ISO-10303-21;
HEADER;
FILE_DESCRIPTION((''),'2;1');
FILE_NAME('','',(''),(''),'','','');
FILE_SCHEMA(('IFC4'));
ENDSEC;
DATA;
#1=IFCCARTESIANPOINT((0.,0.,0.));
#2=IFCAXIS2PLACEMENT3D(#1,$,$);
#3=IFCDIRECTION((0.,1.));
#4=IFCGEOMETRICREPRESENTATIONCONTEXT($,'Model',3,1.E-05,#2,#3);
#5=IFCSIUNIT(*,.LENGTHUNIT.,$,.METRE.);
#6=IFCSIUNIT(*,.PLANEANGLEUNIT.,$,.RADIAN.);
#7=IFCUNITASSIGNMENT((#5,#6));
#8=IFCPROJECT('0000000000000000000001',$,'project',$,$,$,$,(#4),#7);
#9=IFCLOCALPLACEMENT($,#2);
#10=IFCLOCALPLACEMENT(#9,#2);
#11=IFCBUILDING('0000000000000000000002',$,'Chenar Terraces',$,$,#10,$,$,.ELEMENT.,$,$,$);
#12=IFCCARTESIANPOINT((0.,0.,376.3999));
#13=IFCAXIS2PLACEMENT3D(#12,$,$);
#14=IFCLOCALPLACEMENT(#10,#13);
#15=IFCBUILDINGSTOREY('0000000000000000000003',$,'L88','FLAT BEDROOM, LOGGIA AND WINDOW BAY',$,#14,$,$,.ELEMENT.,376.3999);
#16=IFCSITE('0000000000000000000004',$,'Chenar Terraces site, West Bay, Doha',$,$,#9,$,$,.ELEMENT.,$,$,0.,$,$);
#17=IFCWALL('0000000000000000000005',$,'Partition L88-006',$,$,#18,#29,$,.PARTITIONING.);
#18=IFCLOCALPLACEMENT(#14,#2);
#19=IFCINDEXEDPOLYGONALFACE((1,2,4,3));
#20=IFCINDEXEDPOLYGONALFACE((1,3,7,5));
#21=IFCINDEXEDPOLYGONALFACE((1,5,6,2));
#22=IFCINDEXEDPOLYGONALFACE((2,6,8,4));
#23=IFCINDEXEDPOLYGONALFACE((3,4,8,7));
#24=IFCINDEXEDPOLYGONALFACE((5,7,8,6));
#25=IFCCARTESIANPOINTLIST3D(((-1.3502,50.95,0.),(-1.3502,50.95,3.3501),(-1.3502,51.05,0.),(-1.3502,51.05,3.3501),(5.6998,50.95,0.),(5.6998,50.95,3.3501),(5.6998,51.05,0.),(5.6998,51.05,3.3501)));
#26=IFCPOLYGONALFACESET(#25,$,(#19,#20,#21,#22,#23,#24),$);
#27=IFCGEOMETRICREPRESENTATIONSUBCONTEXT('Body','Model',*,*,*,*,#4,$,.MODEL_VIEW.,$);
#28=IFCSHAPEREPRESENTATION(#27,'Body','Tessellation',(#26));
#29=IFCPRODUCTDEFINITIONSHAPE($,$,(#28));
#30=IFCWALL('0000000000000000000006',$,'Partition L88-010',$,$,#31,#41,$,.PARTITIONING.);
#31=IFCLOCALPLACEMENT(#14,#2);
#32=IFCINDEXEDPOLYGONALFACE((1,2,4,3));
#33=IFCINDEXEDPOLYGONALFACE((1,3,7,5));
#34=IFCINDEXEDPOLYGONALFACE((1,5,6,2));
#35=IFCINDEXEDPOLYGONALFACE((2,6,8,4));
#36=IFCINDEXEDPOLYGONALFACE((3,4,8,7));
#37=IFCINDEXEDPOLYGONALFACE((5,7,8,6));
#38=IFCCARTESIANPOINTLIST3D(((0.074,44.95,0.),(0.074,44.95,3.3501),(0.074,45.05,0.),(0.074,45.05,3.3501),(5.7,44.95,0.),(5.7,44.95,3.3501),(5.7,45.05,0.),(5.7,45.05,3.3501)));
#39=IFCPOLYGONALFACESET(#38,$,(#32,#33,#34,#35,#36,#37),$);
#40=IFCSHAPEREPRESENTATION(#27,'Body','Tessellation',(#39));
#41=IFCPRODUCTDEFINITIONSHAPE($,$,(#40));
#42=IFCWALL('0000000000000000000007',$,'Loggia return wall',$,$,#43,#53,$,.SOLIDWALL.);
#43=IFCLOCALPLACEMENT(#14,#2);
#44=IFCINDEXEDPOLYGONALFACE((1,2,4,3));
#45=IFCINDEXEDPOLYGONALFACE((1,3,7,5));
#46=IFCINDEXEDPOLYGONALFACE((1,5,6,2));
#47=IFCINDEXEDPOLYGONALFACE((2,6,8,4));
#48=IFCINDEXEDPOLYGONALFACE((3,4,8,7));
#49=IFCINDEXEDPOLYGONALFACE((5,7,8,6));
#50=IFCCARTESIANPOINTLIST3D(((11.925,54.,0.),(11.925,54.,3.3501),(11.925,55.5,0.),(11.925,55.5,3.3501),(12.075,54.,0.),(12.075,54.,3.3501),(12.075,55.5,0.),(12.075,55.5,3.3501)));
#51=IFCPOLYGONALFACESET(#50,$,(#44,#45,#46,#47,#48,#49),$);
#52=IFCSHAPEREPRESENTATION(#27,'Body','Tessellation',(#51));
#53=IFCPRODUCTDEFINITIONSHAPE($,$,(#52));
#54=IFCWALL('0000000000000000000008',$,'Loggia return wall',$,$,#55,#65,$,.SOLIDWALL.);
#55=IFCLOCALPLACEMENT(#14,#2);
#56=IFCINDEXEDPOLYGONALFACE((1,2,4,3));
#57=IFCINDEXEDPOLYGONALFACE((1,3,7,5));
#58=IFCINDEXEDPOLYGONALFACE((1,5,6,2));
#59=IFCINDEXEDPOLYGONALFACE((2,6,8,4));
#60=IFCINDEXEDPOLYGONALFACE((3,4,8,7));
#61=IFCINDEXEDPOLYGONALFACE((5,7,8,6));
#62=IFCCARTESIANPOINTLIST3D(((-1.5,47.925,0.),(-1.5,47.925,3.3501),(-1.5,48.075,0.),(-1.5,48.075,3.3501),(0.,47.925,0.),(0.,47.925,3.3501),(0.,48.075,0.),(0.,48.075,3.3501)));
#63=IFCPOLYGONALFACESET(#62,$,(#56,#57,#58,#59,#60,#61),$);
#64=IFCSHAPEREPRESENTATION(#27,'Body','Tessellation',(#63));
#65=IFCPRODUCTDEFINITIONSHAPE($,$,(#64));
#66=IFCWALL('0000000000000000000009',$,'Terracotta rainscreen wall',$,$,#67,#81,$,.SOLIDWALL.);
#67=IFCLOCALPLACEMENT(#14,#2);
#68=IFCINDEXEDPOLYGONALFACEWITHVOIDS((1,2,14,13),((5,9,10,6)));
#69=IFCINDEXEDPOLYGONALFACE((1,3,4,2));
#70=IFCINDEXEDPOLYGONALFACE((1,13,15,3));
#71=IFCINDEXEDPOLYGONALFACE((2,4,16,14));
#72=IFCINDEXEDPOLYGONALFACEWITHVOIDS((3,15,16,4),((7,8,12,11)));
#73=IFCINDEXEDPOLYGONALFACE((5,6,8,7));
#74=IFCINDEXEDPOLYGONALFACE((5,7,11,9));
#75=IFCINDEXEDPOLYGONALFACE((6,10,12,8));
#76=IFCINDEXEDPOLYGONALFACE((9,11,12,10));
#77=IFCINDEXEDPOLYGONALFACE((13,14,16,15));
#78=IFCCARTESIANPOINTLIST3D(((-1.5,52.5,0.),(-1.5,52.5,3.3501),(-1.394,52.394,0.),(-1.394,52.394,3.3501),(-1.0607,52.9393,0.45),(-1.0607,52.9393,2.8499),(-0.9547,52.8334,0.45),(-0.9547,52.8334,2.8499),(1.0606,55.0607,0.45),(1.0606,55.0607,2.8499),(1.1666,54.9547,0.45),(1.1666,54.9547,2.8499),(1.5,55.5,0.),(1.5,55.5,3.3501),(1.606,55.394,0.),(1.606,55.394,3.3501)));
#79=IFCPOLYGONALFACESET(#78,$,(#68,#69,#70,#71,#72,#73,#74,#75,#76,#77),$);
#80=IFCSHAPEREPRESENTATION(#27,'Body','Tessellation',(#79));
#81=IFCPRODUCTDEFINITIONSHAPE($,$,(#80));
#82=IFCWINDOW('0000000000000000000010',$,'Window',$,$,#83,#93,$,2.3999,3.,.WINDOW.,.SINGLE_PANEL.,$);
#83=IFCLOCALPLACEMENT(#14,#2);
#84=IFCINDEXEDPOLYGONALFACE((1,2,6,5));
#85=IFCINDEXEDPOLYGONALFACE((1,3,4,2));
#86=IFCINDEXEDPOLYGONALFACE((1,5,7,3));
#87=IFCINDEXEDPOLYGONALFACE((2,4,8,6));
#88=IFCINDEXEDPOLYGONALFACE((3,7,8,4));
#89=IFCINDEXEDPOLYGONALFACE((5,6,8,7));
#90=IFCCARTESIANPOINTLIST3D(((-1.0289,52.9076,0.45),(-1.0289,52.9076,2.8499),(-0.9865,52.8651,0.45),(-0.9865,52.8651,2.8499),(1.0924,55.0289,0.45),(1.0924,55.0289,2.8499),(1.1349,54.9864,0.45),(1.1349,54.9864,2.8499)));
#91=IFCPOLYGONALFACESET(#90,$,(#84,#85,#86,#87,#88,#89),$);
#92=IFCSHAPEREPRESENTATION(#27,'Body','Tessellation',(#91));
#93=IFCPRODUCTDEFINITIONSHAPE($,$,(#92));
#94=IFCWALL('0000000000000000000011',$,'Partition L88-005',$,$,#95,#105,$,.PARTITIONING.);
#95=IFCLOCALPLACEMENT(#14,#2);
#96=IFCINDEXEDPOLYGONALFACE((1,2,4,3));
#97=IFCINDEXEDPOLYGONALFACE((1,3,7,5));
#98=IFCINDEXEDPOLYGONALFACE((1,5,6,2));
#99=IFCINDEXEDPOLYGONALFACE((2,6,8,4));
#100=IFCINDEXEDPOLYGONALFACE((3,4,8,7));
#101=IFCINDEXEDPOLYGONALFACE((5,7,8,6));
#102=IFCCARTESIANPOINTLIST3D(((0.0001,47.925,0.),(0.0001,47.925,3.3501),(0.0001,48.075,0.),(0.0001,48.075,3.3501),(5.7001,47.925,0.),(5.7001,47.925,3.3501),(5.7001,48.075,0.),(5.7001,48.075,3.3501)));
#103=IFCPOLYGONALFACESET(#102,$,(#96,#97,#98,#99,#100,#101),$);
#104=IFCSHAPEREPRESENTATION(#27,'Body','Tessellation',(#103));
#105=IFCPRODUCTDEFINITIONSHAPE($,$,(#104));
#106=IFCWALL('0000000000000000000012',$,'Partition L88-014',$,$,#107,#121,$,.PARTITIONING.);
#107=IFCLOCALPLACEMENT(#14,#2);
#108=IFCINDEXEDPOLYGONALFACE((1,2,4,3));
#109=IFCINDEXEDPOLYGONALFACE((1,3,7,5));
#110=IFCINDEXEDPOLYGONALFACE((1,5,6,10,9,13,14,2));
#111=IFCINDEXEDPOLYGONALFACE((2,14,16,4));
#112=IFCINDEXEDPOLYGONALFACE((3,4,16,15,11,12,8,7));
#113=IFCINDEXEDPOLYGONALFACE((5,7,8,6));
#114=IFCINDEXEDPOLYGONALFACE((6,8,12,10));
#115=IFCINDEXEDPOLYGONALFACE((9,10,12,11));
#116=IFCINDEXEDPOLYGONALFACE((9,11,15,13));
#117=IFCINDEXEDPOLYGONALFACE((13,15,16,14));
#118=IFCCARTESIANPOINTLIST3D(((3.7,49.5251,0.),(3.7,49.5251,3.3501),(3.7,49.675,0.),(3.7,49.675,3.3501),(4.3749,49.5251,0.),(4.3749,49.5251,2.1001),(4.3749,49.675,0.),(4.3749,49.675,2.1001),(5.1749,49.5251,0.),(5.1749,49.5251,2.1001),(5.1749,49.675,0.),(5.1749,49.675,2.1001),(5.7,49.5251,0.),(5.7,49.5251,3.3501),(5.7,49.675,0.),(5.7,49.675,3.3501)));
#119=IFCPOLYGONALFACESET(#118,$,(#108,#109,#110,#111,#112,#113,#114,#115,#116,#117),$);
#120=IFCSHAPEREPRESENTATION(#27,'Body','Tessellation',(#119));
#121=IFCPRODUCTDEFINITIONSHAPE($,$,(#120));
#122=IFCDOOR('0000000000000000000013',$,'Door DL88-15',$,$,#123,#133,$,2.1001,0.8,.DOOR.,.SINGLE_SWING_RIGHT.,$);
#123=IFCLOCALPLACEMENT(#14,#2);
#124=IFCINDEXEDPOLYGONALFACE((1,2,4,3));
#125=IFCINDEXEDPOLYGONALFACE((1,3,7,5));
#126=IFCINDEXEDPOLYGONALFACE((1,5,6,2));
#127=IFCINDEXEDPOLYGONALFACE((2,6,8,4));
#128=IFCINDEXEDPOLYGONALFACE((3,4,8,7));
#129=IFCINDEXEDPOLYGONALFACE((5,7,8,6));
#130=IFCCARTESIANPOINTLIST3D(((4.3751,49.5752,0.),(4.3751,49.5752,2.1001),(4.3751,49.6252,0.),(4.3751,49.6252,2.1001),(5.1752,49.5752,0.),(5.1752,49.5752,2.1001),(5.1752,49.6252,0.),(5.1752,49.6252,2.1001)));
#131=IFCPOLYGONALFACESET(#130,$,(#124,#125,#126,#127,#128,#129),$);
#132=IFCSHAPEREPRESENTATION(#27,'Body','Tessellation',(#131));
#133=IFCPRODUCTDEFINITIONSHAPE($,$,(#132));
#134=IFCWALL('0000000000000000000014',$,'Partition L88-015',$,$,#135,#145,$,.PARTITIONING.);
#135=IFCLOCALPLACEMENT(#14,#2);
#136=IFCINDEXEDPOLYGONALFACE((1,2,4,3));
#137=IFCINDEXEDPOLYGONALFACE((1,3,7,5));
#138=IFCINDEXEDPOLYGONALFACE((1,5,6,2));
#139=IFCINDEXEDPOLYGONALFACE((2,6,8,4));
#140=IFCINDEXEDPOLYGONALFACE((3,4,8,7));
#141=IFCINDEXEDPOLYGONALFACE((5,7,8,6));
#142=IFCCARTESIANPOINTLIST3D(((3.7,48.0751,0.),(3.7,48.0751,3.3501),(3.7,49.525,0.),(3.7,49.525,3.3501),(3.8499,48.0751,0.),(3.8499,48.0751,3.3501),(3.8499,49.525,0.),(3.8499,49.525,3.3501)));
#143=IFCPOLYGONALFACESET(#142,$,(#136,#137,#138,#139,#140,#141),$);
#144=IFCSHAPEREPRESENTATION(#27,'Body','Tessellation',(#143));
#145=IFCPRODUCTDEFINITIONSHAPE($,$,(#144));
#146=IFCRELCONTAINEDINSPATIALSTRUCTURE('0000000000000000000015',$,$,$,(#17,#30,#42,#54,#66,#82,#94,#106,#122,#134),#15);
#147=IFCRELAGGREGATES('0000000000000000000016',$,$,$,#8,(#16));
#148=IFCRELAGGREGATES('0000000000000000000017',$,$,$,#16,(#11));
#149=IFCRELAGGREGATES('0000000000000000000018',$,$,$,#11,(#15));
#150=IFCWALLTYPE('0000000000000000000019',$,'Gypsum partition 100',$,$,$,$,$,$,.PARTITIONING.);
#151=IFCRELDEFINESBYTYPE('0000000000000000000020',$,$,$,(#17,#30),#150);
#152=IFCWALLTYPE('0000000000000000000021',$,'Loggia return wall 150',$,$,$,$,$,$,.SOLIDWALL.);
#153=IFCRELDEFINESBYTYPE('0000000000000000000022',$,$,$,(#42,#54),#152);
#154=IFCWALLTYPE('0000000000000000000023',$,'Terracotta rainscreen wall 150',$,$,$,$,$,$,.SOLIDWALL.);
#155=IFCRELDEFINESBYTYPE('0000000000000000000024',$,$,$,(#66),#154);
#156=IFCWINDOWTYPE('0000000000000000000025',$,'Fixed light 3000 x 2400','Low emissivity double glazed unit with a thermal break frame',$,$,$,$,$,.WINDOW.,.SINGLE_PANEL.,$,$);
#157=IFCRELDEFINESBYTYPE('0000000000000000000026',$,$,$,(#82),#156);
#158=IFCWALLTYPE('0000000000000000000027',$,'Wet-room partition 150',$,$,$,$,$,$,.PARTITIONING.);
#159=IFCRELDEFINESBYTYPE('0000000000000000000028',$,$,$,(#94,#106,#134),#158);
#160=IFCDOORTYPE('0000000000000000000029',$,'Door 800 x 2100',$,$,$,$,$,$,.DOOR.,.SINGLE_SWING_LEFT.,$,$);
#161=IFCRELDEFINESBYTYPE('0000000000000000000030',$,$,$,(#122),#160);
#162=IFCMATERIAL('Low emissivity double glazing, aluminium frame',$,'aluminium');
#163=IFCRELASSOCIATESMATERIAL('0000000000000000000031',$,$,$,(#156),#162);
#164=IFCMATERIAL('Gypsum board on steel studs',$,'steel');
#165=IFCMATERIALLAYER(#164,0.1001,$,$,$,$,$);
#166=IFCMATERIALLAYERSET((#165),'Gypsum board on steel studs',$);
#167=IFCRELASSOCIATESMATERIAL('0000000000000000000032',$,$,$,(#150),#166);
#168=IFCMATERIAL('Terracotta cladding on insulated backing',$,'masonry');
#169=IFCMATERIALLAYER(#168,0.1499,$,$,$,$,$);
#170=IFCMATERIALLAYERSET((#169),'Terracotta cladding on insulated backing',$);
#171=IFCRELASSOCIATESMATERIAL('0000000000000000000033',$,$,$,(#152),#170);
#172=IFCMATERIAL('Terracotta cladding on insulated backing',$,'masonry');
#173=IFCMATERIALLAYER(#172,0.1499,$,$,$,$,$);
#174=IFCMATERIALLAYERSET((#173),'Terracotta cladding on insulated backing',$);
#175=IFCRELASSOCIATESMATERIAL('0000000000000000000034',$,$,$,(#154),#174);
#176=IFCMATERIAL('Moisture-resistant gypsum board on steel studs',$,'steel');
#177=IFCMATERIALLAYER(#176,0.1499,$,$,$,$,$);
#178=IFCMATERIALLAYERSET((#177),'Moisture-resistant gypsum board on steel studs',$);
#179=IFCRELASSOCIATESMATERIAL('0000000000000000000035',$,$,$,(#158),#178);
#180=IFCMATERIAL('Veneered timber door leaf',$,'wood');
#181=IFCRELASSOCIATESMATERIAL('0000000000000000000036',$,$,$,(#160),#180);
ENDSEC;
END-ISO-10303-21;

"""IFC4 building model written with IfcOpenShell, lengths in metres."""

from ifc_helpers import new_model, si_unit, direction, frame, frame_2d, origin, place, context, subcontext, project, spatial, rectangle, extrude, material, layer, layer_set, type_object, element, fill, save


model = new_model("IFC4")

# Units and contexts
model_context = context("Model", 3, precision=1e-05, world=origin(), true_north=direction((0.0, 1.0)))
body_context = subcontext(model_context, "Body", "Model", "MODEL_VIEW")
ifc_project = project(units=[si_unit("LENGTHUNIT", "METRE"), si_unit("PLANEANGLEUNIT", "RADIAN")], contexts=[model_context])

# Site, building, storey
site_placement = place(None, origin())
site = spatial("IfcSite", under=ifc_project, at=site_placement, Name="Chenar Terraces site, West Bay, Doha", CompositionType="ELEMENT", RefElevation=0.0)
building_placement = place(site_placement, origin())
building = spatial("IfcBuilding", under=site, at=building_placement, Name="Chenar Terraces", CompositionType="ELEMENT")
storey_placement = place(building_placement, frame((0.0, 0.0, 376.3999)))
storey = spatial("IfcBuildingStorey", under=building, at=storey_placement, Name="L88", Description="FLAT BEDROOM, LOGGIA AND WINDOW BAY", CompositionType="ELEMENT", Elevation=376.3999)

# Shared definitions
ifc_material_1 = material(Name="Low emissivity double glazing, aluminium frame", Category="aluminium")
window_type_1 = type_object("IfcWindowType", Name="Fixed light 3000 x 2400", Description="Low emissivity double glazed unit with a thermal break frame", PartitioningType="SINGLE_PANEL", PredefinedType="WINDOW", material=ifc_material_1)

# Walls
ifc_material_2 = material(Name="Gypsum board on steel studs", Category="steel")
ifc_layer_1 = layer(ifc_material_2, 0.1001)
ifc_layer_set_1 = layer_set([ifc_layer_1], Name="Gypsum board on steel studs")
wall_type_1 = type_object("IfcWallType", Name="Gypsum partition 100", PredefinedType="PARTITIONING", material=ifc_layer_set_1)
wall_1_placement = place(storey_placement, frame((-1.3501, 51.0, 0.0), z_axis=(0.0, 0.0, 1.0), x_axis=(1.0, 0.0, 0.0)))
element("IfcWall", 1, at=wall_1_placement, inside=storey, type_object=wall_type_1, Name="Partition L88-006", PredefinedType="PARTITIONING", context=body_context, shape_type="SweptSolid", body=[
    extrude(rectangle(XDim=7.05, YDim=0.1001, at=frame_2d((3.5249, 0.0))), origin(), (0.0, 0.0, 1.0), 3.3501),
])
wall_2_placement = place(storey_placement, frame((0.074, 45.0, 0.0), z_axis=(0.0, 0.0, 1.0), x_axis=(1.0, 0.0, 0.0)))
element("IfcWall", 2, at=wall_2_placement, inside=storey, type_object=wall_type_1, Name="Partition L88-010", PredefinedType="PARTITIONING", context=body_context, shape_type="SweptSolid", body=[
    extrude(rectangle(XDim=5.626, YDim=0.1001, at=frame_2d((2.813, 0.0))), origin(), (0.0, 0.0, 1.0), 3.3501),
])
ifc_material_3 = material(Name="Terracotta cladding on insulated backing", Category="masonry")
ifc_layer_2 = layer(ifc_material_3, 0.1499)
ifc_layer_set_2 = layer_set([ifc_layer_2], Name="Terracotta cladding on insulated backing")
wall_type_2 = type_object("IfcWallType", Name="Loggia return wall 150", PredefinedType="SOLIDWALL", material=ifc_layer_set_2)
for number, where, z_axis, x_axis, name in (
    (3, (12.0, 55.5, 0.0), (0.0, 0.0, 1.0), (0.0, -1.0, 0.0), "Loggia return wall"),
    (4, (-1.5, 48.0, 0.0), (0.0, 0.0, 1.0), (1.0, 0.0, 0.0), "Loggia return wall"),
):
    element("IfcWall", number, at=place(storey_placement, frame(where, z_axis=z_axis, x_axis=x_axis)), inside=storey, type_object=wall_type_2, Name=name, PredefinedType="SOLIDWALL", context=body_context, shape_type="SweptSolid", body=[
        extrude(rectangle(XDim=1.5, YDim=0.1499, at=frame_2d((0.75, 0.0))), origin(), (0.0, 0.0, 1.0), 3.3501),
    ])

# Wall, opening, window
ifc_material_4 = material(Name="Terracotta cladding on insulated backing", Category="masonry")
ifc_layer_3 = layer(ifc_material_4, 0.1499)
ifc_layer_set_3 = layer_set([ifc_layer_3], Name="Terracotta cladding on insulated backing")
wall_type_3 = type_object("IfcWallType", Name="Terracotta rainscreen wall 150", PredefinedType="SOLIDWALL", material=ifc_layer_set_3)
wall_3_placement = place(storey_placement, frame((1.553, 55.447, 0.0), z_axis=(0.0, 0.0, 1.0), x_axis=(-0.707107, -0.707107, 0.0)))
wall_3 = element("IfcWall", 5, at=wall_3_placement, inside=storey, type_object=wall_type_3, Name="Terracotta rainscreen wall", PredefinedType="SOLIDWALL", context=body_context, shape_type="SweptSolid", body=[
    extrude(rectangle(XDim=4.2427, YDim=0.1499, at=frame_2d((2.1213, 0.0))), origin(), (0.0, 0.0, 1.0), 3.3501),
])
opening_1_placement = place(wall_3_placement, frame((0.6213, 0.0, 0.45)))
opening_1 = element("IfcOpeningElement", 6, at=opening_1_placement, cuts=wall_3, PredefinedType="OPENING", context=body_context, shape_type="SweptSolid", body=[
    extrude(rectangle(XDim=3.0, YDim=2.3999, at=frame_2d((1.5, 1.2))), frame((0.0, 0.085, 0.0), z_axis=(0.0, -1.0, 0.0), x_axis=(1.0, 0.0, 0.0)), (0.0, 0.0, 1.0), 0.1699),
])
window_1_placement = place(opening_1_placement, origin())
window_1 = element("IfcWindow", 7, at=window_1_placement, inside=storey, type_object=window_type_1, Name="Window", OverallHeight=2.3999, OverallWidth=3.0, PartitioningType="SINGLE_PANEL", PredefinedType="WINDOW", context=body_context, shape_type="SweptSolid", body=[
    extrude(rectangle(XDim=3.0, YDim=2.3999, at=frame_2d((1.5, 1.2))), frame((0.0, 0.03, 0.0), z_axis=(0.0, -1.0, 0.0), x_axis=(1.0, 0.0, 0.0)), (0.0, 0.0, 1.0), 0.0601),
])
fill(opening_1, window_1)

# Wall
ifc_material_5 = material(Name="Moisture-resistant gypsum board on steel studs", Category="steel")
ifc_layer_4 = layer(ifc_material_5, 0.1499)
ifc_layer_set_4 = layer_set([ifc_layer_4], Name="Moisture-resistant gypsum board on steel studs")
wall_type_4 = type_object("IfcWallType", Name="Wet-room partition 150", PredefinedType="PARTITIONING", material=ifc_layer_set_4)
wall_4_placement = place(storey_placement, frame((0.0, 48.0, 0.0), z_axis=(0.0, 0.0, 1.0), x_axis=(1.0, 0.0, 0.0)))
element("IfcWall", 8, at=wall_4_placement, inside=storey, type_object=wall_type_4, Name="Partition L88-005", PredefinedType="PARTITIONING", context=body_context, shape_type="SweptSolid", body=[
    extrude(rectangle(XDim=5.7, YDim=0.1499, at=frame_2d((2.8501, 0.0))), origin(), (0.0, 0.0, 1.0), 3.3501),
])

# Wall, opening, door
wall_5_placement = place(storey_placement, frame((3.7, 49.6001, 0.0), z_axis=(0.0, 0.0, 1.0), x_axis=(1.0, 0.0, 0.0)))
wall_5 = element("IfcWall", 9, at=wall_5_placement, inside=storey, type_object=wall_type_4, Name="Partition L88-014", PredefinedType="PARTITIONING", context=body_context, shape_type="SweptSolid", body=[
    extrude(rectangle(XDim=2.0, YDim=0.1499, at=frame_2d((1.0, 0.0))), origin(), (0.0, 0.0, 1.0), 3.3501),
])
opening_2_placement = place(wall_5_placement, frame((0.675, 0.0, 0.0)))
opening_2 = element("IfcOpeningElement", 10, at=opening_2_placement, cuts=wall_5, PredefinedType="OPENING", context=body_context, shape_type="SweptSolid", body=[
    extrude(rectangle(XDim=0.8, YDim=2.1001, at=frame_2d((0.3999, 1.05))), frame((0.0, 0.085, 0.0), z_axis=(0.0, -1.0, 0.0), x_axis=(1.0, 0.0, 0.0)), (0.0, 0.0, 1.0), 0.1699),
])
ifc_material_6 = material(Name="Veneered timber door leaf", Category="wood")
door_type_1 = type_object("IfcDoorType", Name="Door 800 x 2100", OperationType="SINGLE_SWING_LEFT", PredefinedType="DOOR", material=ifc_material_6)
door_1_placement = place(opening_2_placement, frame((0.8, 0.0, 0.0), z_axis=(0.0, 0.0, 1.0), x_axis=(-1.0, 0.0, 0.0)))
door_1 = element("IfcDoor", 11, at=door_1_placement, inside=storey, type_object=door_type_1, Name="Door DL88-15", OperationType="SINGLE_SWING_RIGHT", OverallHeight=2.1001, OverallWidth=0.8, PredefinedType="DOOR", context=body_context, shape_type="SweptSolid", body=[
    extrude(rectangle(XDim=0.8, YDim=2.1001, at=frame_2d((0.3999, 1.05))), frame((0.0, 0.0249, 0.0), z_axis=(0.0, -1.0, 0.0), x_axis=(1.0, 0.0, 0.0)), (0.0, 0.0, 1.0), 0.05),
])
fill(opening_2, door_1)

# Wall
wall_6_placement = place(storey_placement, frame((3.7749, 48.075, 0.0), z_axis=(0.0, 0.0, 1.0), x_axis=(0.0, 1.0, 0.0)))
element("IfcWall", 12, at=wall_6_placement, inside=storey, type_object=wall_type_4, Name="Partition L88-015", PredefinedType="PARTITIONING", context=body_context, shape_type="SweptSolid", body=[
    extrude(rectangle(XDim=1.45, YDim=0.1499, at=frame_2d((0.7251, 0.0))), origin(), (0.0, 0.0, 1.0), 3.3501),
])

save(model, "model.ifc")
